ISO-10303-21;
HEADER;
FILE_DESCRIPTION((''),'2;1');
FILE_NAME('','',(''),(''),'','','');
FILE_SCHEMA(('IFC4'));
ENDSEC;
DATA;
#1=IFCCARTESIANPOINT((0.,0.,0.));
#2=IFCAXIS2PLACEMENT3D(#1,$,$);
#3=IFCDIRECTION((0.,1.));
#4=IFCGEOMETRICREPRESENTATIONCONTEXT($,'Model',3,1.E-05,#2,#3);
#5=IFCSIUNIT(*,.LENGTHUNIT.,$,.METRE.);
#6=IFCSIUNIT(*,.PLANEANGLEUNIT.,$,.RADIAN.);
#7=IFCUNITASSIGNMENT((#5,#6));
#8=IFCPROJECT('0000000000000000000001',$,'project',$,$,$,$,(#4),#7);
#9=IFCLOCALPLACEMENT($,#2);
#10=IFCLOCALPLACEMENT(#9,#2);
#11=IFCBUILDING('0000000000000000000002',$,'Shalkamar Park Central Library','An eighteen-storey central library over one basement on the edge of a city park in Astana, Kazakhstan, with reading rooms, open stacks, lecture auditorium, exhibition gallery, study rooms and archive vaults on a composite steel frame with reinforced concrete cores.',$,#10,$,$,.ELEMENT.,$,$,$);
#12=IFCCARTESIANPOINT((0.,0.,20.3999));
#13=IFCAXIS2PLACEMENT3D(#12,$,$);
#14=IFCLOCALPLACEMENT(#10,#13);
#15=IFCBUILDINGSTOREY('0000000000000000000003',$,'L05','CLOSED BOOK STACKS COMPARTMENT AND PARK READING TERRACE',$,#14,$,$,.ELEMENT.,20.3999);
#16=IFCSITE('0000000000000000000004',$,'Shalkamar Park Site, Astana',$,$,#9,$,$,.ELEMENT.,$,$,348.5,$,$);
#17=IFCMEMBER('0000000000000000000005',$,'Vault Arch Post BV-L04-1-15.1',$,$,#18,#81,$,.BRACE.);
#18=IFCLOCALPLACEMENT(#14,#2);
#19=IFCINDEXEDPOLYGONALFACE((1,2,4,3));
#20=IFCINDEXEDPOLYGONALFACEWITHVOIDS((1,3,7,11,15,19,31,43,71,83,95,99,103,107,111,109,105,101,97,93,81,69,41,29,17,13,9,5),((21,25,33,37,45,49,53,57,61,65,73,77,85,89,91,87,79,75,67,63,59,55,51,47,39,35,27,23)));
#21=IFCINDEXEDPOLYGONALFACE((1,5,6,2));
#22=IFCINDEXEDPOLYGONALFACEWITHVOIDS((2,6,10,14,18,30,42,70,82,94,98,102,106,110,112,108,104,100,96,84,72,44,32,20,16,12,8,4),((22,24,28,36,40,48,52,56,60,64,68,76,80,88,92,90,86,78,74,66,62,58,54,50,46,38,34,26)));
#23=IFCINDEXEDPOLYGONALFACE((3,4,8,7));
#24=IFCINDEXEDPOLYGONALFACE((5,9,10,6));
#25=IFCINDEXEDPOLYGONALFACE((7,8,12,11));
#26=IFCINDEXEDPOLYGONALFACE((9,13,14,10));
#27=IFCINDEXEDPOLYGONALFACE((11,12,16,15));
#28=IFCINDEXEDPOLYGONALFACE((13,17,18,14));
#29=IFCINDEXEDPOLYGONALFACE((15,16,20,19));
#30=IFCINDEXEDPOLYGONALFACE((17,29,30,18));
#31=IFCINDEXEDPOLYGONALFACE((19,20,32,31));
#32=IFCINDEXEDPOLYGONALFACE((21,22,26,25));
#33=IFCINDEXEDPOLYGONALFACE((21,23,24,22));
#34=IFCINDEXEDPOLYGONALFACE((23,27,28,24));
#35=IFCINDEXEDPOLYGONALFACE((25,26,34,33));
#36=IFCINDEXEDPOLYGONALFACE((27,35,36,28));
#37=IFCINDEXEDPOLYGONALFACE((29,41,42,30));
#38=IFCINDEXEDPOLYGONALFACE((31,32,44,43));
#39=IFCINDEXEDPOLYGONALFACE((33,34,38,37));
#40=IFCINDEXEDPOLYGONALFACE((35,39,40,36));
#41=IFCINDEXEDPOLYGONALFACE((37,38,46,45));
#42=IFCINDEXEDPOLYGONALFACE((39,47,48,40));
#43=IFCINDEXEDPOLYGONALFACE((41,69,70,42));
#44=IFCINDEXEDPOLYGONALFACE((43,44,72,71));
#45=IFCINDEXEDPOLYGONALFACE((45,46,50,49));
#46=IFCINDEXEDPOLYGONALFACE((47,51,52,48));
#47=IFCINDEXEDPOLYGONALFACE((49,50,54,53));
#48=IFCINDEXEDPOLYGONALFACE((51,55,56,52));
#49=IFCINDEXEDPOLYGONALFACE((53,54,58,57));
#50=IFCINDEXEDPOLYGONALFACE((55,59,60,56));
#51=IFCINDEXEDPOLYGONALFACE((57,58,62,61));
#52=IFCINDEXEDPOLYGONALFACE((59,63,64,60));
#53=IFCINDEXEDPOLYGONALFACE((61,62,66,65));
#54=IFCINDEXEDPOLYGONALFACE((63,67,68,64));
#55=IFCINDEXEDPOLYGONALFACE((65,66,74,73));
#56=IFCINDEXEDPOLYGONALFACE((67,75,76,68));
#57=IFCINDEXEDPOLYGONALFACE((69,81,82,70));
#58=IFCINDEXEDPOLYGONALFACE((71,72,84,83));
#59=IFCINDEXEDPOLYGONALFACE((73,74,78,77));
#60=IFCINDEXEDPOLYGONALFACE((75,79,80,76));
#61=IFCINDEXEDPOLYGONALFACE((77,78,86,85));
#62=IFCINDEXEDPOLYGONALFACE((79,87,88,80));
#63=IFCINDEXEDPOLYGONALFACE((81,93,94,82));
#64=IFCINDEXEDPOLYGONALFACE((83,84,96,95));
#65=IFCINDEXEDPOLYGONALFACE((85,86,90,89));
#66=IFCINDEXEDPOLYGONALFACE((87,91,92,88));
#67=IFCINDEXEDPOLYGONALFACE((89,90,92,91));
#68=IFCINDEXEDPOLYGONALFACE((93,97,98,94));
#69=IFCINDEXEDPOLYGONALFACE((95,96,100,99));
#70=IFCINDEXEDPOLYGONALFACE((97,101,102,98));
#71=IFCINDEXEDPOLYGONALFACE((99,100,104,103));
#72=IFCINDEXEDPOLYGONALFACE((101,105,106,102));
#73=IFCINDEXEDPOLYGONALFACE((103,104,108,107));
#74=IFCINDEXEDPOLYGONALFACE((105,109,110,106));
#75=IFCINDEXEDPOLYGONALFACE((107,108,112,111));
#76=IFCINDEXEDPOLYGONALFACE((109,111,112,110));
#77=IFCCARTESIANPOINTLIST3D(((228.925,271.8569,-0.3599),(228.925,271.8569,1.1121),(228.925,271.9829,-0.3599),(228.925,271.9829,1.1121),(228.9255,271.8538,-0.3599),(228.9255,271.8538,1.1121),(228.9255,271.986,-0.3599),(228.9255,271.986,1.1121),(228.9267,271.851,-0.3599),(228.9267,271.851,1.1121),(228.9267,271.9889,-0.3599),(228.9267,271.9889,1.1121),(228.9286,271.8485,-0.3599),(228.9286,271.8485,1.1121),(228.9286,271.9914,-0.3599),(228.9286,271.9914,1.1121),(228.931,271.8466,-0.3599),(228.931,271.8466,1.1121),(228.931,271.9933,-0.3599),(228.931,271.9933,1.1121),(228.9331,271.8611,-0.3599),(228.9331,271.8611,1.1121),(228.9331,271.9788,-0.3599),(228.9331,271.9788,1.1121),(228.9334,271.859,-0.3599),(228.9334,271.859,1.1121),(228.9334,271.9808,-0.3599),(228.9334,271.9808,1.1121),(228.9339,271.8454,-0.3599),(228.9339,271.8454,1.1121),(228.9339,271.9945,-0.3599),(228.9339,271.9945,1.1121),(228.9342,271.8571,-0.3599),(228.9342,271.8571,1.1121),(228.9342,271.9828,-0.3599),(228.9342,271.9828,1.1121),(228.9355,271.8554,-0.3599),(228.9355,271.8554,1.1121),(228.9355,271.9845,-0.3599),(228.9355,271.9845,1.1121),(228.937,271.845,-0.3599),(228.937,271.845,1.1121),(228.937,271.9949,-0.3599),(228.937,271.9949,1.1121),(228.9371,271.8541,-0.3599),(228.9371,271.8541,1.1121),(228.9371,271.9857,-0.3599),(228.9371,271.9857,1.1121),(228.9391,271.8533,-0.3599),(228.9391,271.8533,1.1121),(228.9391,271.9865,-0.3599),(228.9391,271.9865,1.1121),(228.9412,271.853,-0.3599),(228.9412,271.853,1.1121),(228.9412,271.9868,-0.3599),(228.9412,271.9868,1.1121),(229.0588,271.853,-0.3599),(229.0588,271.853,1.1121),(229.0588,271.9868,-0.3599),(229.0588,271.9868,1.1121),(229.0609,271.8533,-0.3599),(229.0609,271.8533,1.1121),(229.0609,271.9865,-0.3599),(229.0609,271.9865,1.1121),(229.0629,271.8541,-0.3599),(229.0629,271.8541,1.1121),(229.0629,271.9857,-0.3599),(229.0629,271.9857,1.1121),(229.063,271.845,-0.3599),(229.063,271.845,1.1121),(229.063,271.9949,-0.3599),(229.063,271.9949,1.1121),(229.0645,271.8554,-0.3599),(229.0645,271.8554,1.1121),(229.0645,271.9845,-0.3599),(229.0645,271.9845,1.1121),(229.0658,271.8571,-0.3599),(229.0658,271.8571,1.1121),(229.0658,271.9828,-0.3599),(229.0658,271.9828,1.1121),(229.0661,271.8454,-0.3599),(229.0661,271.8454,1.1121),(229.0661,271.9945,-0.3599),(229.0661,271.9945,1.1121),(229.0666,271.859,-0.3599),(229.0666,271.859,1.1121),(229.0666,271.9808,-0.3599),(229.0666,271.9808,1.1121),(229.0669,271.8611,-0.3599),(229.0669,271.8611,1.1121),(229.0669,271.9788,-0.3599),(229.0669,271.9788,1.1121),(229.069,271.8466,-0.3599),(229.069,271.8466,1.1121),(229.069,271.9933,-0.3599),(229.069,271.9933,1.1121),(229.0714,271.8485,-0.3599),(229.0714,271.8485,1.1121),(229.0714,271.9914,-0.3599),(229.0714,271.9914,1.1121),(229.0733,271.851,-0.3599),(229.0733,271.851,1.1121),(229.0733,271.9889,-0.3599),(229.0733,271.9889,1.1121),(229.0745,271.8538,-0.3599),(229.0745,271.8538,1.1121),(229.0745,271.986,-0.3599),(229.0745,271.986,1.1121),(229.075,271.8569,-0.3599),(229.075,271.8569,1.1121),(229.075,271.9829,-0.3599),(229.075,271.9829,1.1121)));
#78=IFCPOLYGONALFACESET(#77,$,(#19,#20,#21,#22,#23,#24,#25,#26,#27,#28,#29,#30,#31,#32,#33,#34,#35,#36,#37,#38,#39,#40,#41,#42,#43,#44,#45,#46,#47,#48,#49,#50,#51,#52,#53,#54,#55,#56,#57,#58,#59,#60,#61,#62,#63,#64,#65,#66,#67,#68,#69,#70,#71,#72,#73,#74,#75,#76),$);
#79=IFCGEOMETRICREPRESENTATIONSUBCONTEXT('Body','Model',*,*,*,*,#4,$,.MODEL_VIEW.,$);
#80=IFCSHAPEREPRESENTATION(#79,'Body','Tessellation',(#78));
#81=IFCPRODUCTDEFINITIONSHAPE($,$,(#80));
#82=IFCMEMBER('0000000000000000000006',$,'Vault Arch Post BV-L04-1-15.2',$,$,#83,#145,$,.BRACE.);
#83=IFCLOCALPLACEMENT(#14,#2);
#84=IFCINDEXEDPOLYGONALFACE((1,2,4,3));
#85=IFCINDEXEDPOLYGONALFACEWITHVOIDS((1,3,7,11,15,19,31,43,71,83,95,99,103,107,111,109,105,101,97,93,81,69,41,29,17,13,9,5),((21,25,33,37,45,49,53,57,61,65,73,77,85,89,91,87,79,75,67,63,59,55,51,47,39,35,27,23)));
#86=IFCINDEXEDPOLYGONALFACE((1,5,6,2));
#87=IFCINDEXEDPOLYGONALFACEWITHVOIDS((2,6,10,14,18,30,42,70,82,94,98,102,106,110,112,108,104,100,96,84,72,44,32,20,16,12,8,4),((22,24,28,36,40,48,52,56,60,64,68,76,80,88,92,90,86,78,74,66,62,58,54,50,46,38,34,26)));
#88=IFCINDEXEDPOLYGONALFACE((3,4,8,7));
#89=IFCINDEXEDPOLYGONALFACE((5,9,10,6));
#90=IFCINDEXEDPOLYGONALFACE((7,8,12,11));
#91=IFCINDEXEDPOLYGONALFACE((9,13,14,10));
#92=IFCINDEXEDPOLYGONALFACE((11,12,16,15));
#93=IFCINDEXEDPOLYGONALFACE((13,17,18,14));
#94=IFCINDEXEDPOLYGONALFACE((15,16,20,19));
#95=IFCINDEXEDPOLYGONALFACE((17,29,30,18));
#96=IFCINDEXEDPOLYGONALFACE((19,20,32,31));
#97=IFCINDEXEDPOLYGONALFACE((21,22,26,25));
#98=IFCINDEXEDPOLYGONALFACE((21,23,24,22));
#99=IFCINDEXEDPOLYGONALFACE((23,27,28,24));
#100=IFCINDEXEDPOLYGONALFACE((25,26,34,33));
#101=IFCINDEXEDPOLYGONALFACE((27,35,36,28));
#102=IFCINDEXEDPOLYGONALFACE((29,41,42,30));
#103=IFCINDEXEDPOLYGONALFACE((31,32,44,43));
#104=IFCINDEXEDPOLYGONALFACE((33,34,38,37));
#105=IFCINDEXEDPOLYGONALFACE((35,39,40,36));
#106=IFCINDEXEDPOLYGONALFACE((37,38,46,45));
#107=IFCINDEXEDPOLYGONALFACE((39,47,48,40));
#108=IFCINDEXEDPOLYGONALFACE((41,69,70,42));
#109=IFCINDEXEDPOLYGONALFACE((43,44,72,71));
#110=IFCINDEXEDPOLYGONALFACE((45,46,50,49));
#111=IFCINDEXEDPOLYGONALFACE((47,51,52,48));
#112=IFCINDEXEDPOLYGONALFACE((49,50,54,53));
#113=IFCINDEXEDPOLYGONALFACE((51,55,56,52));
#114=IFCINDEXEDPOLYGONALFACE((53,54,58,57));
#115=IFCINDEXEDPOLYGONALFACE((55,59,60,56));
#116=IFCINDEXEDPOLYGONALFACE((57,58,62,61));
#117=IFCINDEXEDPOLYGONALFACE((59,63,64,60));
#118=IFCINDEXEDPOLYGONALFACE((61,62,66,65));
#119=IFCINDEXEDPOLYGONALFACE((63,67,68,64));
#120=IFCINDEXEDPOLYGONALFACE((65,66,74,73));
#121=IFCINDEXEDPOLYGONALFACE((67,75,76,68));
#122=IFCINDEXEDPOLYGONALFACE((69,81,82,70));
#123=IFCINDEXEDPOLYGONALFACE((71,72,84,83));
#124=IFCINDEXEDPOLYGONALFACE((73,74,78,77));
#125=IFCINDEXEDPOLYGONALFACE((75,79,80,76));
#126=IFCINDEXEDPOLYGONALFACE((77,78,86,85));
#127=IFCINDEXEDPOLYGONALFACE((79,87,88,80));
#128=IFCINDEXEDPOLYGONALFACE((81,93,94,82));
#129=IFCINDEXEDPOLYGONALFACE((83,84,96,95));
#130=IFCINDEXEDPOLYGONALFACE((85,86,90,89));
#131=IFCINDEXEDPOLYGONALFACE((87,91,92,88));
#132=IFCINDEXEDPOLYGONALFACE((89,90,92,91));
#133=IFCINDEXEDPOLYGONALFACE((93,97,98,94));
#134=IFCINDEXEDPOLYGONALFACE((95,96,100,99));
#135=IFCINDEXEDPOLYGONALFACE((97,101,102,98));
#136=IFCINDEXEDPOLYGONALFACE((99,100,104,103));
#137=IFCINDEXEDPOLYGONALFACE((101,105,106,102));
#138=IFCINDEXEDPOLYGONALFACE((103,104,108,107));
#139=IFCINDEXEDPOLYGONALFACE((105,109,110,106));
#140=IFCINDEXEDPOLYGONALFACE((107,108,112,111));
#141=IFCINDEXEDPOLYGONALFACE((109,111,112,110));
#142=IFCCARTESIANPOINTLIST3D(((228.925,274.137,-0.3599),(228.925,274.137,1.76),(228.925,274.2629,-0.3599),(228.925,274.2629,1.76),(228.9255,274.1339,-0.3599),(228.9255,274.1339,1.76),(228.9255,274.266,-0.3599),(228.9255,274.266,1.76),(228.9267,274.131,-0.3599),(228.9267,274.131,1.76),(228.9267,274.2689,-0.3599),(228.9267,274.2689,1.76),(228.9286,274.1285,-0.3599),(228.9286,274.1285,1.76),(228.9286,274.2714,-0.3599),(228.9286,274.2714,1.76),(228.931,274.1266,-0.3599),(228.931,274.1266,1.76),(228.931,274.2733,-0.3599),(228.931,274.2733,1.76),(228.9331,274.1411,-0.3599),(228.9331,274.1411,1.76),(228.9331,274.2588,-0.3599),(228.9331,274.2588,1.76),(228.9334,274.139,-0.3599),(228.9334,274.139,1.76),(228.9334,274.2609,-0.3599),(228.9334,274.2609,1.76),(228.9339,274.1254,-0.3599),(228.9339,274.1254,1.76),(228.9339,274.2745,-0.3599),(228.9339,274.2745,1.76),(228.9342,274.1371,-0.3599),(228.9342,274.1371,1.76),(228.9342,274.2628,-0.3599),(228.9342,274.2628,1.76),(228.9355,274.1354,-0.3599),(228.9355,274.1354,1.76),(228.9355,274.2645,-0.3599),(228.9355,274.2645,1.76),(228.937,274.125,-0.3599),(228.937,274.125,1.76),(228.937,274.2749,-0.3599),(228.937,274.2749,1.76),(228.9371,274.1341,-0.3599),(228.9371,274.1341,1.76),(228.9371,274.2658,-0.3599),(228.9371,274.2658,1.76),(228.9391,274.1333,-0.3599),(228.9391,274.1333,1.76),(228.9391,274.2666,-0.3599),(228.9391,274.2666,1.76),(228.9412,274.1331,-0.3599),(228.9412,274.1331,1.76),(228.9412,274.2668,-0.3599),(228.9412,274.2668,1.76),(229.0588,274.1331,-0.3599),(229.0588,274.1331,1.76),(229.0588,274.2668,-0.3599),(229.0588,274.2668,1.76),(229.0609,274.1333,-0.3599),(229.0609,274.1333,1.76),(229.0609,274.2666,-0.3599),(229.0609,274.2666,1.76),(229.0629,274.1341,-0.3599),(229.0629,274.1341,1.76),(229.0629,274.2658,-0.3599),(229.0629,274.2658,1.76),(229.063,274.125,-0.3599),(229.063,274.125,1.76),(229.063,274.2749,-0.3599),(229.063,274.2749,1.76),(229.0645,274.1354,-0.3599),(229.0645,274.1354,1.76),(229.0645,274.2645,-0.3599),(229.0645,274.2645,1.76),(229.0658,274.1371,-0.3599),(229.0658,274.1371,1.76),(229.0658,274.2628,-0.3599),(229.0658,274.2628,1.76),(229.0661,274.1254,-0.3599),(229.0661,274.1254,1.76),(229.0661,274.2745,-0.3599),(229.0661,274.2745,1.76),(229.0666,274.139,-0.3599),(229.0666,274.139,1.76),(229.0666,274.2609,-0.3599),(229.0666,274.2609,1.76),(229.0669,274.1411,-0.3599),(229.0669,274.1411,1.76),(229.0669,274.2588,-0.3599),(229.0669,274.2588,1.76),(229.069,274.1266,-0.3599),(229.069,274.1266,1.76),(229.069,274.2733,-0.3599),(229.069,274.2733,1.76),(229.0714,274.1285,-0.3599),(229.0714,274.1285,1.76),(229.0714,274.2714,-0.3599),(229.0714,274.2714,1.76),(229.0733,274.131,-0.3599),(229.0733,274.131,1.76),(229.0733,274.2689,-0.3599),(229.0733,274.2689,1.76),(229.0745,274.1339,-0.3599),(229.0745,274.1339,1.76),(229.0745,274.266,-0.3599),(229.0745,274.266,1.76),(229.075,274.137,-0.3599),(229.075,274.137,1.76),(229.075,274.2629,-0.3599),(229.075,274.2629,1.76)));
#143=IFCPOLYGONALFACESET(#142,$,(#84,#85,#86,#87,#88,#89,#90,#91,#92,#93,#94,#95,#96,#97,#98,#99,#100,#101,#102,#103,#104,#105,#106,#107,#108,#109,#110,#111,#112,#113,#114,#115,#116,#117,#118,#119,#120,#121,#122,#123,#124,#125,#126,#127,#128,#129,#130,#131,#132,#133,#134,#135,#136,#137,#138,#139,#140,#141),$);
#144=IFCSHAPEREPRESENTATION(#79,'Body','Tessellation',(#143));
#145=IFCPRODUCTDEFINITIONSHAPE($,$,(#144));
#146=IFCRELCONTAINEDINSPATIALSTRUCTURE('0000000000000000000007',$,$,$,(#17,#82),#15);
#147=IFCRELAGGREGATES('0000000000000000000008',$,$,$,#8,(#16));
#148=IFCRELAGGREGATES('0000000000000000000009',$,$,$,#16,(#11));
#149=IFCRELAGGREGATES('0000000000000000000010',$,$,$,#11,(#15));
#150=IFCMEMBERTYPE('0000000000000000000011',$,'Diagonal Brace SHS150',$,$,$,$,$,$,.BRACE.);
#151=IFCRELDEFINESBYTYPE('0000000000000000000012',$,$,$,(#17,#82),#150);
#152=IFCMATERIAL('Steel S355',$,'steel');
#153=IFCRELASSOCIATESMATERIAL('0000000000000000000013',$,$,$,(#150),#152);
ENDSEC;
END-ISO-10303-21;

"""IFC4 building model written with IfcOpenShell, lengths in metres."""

from ifc_helpers import new_model, si_unit, direction, frame, origin, origin_2d, place, context, subcontext, project, spatial, hollow_rectangle, extrude, material, material_profile, profile_set, type_object, element, save


model = new_model("IFC4")

# Units and contexts
model_context = context("Model", 3, precision=1e-05, world=origin(), true_north=direction((0.0, 1.0)))
body_context = subcontext(model_context, "Body", "Model", "MODEL_VIEW")
ifc_project = project(units=[si_unit("LENGTHUNIT", "METRE"), si_unit("PLANEANGLEUNIT", "RADIAN")], contexts=[model_context])

# Site, building, storey
site_placement = place(None, origin())
site = spatial("IfcSite", under=ifc_project, at=site_placement, Name="Shalkamar Park Site, Astana", CompositionType="ELEMENT", RefElevation=348.5)
building_placement = place(site_placement, origin())
building = spatial("IfcBuilding", under=site, at=building_placement, Name="Shalkamar Park Central Library", Description="An eighteen-storey central library over one basement on the edge of a city park in Astana, Kazakhstan, with reading rooms, open stacks, lecture auditorium, exhibition gallery, study rooms and archive vaults on a composite steel frame with reinforced concrete cores.", CompositionType="ELEMENT")
storey_placement = place(building_placement, frame((0.0, 0.0, 20.3999)))
storey = spatial("IfcBuildingStorey", under=building, at=storey_placement, Name="L05", Description="CLOSED BOOK STACKS COMPARTMENT AND PARK READING TERRACE", CompositionType="ELEMENT", Elevation=20.3999)

# Members
ifc_material_1 = material(Name="Steel S355", Category="steel")
ifc_material_profile_1 = material_profile(ifc_material_1, hollow_rectangle(XDim=0.1499, YDim=0.1499, WallThickness=0.0081, InnerFilletRadius=0.0081, OuterFilletRadius=0.012, at=origin_2d()), Name="SHS 150x150x8")
ifc_profile_set_1 = profile_set([ifc_material_profile_1], Name="Steel S355")
member_type_1 = type_object("IfcMemberType", Name="Diagonal Brace SHS150", PredefinedType="BRACE", material=ifc_profile_set_1)
member_1_placement = place(storey_placement, frame((229.0, 271.9199, -0.3599), z_axis=(0.0, 0.0, 1.0), x_axis=(1.0, 0.0, 0.0)))
element("IfcMember", 1, at=member_1_placement, inside=storey, type_object=member_type_1, Name="Vault Arch Post BV-L04-1-15.1", PredefinedType="BRACE", context=body_context, shape_type="SweptSolid", body=[
    extrude(hollow_rectangle(XDim=0.1499, YDim=0.1499, WallThickness=0.0081, InnerFilletRadius=0.0081, OuterFilletRadius=0.012, at=origin_2d()), origin(), (0.0, 0.0, 1.0), 1.4719),
])
member_2_placement = place(storey_placement, frame((229.0, 274.2, -0.3599), z_axis=(0.0, 0.0, 1.0), x_axis=(1.0, 0.0, 0.0)))
element("IfcMember", 2, at=member_2_placement, inside=storey, type_object=member_type_1, Name="Vault Arch Post BV-L04-1-15.2", PredefinedType="BRACE", context=body_context, shape_type="SweptSolid", body=[
    extrude(hollow_rectangle(XDim=0.1499, YDim=0.1499, WallThickness=0.0081, InnerFilletRadius=0.0081, OuterFilletRadius=0.012, at=origin_2d()), origin(), (0.0, 0.0, 1.0), 2.1199),
])

save(model, "model.ifc")
